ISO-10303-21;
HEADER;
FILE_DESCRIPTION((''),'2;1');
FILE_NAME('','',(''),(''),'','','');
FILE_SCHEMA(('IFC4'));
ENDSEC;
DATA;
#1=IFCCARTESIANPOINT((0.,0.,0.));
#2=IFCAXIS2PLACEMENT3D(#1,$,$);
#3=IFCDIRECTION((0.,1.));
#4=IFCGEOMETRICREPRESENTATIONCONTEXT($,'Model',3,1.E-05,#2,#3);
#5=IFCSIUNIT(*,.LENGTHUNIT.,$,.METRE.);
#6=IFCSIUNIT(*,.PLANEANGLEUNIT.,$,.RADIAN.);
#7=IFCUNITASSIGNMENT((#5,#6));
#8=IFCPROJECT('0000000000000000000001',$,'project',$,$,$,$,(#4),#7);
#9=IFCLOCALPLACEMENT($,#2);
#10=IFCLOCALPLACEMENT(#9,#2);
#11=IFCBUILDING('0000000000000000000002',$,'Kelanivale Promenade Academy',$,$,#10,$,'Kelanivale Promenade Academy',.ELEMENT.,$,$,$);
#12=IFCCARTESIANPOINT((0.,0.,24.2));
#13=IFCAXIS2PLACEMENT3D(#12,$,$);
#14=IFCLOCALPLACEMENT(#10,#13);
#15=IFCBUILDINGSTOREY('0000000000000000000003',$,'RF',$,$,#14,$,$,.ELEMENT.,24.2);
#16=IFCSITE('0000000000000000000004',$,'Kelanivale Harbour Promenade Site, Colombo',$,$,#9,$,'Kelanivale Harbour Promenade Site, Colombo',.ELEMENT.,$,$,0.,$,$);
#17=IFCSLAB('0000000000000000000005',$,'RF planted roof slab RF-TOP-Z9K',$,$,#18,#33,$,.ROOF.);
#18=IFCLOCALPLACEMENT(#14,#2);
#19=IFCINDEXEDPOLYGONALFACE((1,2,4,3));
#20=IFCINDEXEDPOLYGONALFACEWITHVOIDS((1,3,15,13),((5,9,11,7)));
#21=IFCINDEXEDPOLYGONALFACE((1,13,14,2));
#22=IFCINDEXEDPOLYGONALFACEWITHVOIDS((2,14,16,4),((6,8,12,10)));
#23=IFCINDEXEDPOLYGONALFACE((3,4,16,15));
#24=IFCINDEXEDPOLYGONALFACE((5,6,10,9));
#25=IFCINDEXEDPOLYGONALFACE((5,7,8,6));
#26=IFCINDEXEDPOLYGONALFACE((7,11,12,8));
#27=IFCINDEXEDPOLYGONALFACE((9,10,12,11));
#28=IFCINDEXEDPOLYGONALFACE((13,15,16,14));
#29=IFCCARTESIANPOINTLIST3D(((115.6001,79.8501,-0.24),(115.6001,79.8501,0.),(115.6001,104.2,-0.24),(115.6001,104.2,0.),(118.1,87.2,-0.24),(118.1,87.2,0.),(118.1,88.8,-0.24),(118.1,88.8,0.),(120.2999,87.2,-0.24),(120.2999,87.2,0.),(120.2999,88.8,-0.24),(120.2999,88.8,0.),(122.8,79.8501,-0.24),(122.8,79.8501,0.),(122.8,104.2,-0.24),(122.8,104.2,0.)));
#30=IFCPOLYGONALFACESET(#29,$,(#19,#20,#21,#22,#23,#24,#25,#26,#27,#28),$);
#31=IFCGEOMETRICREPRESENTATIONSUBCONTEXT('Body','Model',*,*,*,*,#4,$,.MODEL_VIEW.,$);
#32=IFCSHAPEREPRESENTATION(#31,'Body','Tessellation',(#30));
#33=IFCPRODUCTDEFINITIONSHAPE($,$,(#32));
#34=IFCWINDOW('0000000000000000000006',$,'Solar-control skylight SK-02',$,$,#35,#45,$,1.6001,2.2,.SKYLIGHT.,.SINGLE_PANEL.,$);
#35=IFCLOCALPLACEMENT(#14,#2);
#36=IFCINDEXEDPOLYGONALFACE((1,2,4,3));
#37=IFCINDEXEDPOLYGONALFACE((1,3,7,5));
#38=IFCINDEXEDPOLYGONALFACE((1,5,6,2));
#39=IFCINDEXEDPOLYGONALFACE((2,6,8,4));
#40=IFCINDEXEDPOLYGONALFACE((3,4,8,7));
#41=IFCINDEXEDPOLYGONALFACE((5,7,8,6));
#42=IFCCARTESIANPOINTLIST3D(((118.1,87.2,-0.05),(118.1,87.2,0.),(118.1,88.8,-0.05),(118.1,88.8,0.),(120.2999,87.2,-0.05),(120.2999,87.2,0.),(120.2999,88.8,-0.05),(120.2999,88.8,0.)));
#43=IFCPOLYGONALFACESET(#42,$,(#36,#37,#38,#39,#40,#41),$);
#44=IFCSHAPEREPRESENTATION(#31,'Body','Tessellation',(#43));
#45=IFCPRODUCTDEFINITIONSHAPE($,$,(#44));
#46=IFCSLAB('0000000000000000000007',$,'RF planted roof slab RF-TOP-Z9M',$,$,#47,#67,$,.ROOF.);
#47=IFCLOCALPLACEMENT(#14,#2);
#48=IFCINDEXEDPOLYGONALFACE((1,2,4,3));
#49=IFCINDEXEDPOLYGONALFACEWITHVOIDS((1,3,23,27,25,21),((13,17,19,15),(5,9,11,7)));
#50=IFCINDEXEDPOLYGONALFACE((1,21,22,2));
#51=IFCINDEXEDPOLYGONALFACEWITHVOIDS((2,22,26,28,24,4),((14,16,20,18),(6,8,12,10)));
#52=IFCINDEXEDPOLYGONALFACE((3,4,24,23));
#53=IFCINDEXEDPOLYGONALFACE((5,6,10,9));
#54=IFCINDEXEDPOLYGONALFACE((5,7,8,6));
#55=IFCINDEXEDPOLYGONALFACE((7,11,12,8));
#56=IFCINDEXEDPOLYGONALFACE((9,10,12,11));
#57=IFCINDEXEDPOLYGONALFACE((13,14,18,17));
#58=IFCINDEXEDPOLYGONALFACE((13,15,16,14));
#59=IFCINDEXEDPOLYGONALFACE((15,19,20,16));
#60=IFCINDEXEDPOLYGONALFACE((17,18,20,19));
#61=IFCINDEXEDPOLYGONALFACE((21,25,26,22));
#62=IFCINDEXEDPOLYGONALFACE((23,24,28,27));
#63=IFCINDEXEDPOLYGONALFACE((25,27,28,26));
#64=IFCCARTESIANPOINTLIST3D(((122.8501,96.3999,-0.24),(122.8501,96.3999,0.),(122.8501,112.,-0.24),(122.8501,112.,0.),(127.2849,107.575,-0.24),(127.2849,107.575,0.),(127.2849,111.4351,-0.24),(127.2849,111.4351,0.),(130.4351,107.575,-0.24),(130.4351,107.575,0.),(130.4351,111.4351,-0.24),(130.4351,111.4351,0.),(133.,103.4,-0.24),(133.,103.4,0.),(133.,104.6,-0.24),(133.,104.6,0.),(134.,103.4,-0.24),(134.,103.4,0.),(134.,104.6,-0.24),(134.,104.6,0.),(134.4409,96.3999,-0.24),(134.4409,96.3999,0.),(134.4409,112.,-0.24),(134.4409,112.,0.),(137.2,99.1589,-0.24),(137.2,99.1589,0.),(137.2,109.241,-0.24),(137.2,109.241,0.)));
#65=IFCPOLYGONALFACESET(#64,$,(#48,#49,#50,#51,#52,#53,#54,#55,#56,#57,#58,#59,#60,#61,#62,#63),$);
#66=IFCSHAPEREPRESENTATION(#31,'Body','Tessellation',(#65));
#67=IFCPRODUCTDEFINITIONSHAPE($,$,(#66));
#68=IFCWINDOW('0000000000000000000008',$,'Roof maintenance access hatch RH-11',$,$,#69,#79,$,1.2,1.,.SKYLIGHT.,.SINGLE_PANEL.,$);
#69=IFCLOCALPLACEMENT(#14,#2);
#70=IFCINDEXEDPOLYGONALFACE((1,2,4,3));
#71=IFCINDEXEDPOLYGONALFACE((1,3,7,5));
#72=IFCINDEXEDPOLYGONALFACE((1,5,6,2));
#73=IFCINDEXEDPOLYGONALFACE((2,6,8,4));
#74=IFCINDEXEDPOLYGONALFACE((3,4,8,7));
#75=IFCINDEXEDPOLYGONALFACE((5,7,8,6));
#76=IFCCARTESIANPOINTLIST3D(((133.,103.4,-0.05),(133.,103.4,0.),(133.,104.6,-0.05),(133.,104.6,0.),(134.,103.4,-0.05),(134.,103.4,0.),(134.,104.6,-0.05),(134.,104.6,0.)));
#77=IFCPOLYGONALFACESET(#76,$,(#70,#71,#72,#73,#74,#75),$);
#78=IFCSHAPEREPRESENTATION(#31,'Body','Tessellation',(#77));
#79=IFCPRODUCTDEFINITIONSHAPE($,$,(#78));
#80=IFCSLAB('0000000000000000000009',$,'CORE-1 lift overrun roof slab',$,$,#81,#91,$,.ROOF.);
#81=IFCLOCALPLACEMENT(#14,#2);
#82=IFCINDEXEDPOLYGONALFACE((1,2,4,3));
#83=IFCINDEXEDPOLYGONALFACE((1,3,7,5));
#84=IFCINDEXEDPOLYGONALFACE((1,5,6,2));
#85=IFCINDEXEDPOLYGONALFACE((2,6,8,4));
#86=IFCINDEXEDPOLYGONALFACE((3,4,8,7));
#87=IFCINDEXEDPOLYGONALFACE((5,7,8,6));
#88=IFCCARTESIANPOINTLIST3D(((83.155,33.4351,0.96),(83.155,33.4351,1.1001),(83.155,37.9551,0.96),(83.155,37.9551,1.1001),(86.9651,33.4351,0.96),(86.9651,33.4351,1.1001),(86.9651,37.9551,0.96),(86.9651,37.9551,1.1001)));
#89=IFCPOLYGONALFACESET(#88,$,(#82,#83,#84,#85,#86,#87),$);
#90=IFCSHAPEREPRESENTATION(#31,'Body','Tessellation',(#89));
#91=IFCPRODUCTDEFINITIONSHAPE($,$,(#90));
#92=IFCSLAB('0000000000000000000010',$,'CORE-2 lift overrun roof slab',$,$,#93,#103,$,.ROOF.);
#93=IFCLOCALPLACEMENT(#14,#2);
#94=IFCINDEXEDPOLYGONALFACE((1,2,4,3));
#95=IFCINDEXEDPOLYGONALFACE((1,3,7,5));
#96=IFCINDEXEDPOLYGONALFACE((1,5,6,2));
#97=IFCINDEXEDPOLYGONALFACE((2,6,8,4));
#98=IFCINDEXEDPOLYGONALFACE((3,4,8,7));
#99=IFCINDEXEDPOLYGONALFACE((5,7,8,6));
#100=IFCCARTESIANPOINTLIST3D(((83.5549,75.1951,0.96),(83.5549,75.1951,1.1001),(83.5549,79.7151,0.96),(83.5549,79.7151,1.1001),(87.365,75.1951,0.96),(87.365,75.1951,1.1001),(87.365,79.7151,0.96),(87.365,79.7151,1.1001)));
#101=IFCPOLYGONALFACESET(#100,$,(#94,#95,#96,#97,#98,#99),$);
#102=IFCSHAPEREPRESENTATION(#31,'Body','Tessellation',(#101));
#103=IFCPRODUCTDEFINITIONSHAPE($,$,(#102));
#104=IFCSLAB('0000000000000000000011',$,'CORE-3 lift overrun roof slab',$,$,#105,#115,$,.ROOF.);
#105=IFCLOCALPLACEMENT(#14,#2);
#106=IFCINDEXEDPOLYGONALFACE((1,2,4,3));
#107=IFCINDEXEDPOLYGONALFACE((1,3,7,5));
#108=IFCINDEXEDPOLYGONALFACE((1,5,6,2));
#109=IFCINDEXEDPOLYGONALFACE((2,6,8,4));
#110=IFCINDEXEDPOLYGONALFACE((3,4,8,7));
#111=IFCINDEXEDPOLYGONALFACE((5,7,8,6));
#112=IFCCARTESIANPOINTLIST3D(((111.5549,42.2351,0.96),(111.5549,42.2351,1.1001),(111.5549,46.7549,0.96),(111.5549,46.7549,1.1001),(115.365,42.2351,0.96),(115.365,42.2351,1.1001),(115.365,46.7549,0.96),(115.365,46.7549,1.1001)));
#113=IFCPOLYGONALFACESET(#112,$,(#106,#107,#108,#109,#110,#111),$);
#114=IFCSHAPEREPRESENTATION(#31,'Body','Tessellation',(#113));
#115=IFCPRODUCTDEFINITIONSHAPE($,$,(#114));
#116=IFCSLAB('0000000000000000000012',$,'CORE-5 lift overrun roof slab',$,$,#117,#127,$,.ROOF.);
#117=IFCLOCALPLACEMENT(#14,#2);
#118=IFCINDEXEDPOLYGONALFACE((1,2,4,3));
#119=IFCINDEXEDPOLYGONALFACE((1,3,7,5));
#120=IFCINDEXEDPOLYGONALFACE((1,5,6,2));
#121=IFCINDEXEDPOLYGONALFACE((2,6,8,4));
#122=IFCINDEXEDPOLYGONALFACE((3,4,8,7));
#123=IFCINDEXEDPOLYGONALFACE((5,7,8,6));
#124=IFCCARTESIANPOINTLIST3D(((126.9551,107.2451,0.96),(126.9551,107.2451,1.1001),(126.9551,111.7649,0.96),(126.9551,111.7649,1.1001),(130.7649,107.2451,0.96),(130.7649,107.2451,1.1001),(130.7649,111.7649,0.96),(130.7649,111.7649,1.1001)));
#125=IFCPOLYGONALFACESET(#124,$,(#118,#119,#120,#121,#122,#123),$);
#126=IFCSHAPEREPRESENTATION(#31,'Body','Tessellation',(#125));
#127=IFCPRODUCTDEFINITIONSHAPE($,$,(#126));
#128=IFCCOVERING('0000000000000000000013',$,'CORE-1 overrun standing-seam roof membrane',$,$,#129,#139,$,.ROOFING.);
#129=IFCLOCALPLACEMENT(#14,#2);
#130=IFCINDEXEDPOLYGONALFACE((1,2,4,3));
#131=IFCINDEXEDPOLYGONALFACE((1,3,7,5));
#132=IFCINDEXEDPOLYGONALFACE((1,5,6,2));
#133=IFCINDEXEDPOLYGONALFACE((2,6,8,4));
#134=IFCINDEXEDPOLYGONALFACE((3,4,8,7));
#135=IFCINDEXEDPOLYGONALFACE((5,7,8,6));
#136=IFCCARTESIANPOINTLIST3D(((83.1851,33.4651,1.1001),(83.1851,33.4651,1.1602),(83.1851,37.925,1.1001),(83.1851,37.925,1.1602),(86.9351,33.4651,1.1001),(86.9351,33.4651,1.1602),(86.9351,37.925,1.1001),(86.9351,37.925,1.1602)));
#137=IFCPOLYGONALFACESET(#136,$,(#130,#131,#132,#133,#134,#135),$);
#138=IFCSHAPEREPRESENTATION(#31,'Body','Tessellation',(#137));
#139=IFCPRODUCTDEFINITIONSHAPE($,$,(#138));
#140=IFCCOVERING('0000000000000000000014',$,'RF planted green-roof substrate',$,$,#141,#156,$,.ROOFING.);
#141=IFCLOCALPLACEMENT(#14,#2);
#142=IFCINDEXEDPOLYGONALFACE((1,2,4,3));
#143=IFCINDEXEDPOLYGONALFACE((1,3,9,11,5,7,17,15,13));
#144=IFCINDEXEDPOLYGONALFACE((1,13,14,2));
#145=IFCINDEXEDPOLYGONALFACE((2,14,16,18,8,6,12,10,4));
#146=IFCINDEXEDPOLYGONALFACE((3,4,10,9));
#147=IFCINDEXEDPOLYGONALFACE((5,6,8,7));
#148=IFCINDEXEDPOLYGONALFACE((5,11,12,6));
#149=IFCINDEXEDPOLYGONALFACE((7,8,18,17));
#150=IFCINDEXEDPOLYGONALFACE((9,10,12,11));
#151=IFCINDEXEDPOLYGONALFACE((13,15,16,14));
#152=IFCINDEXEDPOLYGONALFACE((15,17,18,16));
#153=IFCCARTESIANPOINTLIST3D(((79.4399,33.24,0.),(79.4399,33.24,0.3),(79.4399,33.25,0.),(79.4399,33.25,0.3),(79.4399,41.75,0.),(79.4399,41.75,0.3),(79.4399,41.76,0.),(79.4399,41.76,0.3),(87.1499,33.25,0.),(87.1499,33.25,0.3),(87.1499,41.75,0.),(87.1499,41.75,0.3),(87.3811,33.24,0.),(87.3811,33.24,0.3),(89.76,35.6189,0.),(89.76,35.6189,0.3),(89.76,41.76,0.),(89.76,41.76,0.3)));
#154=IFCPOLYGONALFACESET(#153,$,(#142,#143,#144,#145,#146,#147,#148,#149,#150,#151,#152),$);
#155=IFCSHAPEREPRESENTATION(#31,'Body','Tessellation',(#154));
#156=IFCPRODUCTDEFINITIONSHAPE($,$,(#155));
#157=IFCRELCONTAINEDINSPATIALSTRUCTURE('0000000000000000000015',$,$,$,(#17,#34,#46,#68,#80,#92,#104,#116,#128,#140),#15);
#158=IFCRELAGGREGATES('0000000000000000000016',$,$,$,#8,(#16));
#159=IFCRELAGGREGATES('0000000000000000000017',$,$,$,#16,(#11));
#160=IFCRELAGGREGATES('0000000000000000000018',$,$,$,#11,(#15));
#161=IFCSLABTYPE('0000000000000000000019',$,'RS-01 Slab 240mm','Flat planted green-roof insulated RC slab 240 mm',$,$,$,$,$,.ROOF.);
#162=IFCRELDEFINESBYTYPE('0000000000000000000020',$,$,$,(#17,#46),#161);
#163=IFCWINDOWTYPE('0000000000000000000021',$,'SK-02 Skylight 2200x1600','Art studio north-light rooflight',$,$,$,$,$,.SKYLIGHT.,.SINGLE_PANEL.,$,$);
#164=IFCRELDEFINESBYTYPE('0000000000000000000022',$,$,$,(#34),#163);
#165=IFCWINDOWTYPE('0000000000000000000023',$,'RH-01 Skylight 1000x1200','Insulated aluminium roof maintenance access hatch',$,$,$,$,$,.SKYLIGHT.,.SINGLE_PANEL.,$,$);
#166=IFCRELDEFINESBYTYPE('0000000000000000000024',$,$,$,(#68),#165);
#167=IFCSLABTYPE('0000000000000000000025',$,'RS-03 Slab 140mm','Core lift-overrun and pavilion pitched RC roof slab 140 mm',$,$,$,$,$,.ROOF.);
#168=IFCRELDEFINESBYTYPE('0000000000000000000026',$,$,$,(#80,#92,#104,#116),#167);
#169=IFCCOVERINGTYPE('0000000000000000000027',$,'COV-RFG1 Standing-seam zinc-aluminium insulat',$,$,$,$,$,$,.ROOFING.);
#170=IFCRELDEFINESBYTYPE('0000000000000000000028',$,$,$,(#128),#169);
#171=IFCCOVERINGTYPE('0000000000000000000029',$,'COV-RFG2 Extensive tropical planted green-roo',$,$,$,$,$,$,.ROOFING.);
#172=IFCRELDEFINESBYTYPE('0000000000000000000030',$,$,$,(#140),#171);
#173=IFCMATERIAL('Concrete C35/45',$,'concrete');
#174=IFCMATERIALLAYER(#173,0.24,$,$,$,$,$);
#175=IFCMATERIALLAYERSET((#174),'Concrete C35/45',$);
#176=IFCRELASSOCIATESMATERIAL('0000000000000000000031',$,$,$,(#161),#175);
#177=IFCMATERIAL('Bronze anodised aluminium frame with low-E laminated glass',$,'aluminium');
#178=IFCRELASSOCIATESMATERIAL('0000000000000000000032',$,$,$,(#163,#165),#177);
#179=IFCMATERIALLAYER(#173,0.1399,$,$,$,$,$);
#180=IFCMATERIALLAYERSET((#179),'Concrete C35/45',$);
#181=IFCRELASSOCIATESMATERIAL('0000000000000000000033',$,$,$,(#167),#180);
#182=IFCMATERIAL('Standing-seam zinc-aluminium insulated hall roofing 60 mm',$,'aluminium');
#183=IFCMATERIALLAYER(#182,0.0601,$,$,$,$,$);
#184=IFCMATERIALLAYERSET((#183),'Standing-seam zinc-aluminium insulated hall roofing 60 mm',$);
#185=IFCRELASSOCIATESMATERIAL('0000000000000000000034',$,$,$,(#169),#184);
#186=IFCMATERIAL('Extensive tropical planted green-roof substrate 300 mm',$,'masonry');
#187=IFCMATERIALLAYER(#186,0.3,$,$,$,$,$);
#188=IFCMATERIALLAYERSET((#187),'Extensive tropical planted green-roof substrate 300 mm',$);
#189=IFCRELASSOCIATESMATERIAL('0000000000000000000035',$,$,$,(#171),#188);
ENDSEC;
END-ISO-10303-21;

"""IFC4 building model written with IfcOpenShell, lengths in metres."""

from ifc_helpers import new_model, si_unit, direction, frame, origin, origin_2d, place, context, subcontext, project, spatial, polyline, rectangle, outline, extrude, material, layer, layer_set, type_object, element, fill, save


model = new_model("IFC4")

# Units and contexts
model_context = context("Model", 3, precision=1e-05, world=origin(), true_north=direction((0.0, 1.0)))
body_context = subcontext(model_context, "Body", "Model", "MODEL_VIEW")
ifc_project = project(units=[si_unit("LENGTHUNIT", "METRE"), si_unit("PLANEANGLEUNIT", "RADIAN")], contexts=[model_context])

# Site, building, storey
site_placement = place(None, origin())
site = spatial("IfcSite", under=ifc_project, at=site_placement, Name="Kelanivale Harbour Promenade Site, Colombo", LongName="Kelanivale Harbour Promenade Site, Colombo", CompositionType="ELEMENT", RefElevation=0.0)
building_placement = place(site_placement, origin())
building = spatial("IfcBuilding", under=site, at=building_placement, Name="Kelanivale Promenade Academy", LongName="Kelanivale Promenade Academy", CompositionType="ELEMENT")
storey_placement = place(building_placement, frame((0.0, 0.0, 24.2)))
storey = spatial("IfcBuildingStorey", under=building, at=storey_placement, Name="RF", CompositionType="ELEMENT", Elevation=24.2)

# Shared definitions
ifc_material_1 = material(Name="Concrete C35/45", Category="concrete")
ifc_layer_1 = layer(ifc_material_1, 0.24)
ifc_layer_set_1 = layer_set([ifc_layer_1], Name="Concrete C35/45")
slab_type_1 = type_object("IfcSlabType", Name="RS-01 Slab 240mm", Description="Flat planted green-roof insulated RC slab 240 mm", PredefinedType="ROOF", material=ifc_layer_set_1)
ifc_material_2 = material(Name="Bronze anodised aluminium frame with low-E laminated glass", Category="aluminium")
window_type_1 = type_object("IfcWindowType", Name="SK-02 Skylight 2200x1600", Description="Art studio north-light rooflight", PartitioningType="SINGLE_PANEL", PredefinedType="SKYLIGHT", material=ifc_material_2)
window_type_2 = type_object("IfcWindowType", Name="RH-01 Skylight 1000x1200", Description="Insulated aluminium roof maintenance access hatch", PartitioningType="SINGLE_PANEL", PredefinedType="SKYLIGHT", material=ifc_material_2)

# Slabs, openings, windows
slab_1_placement = place(storey_placement, frame((0.0, 0.0, -0.24)))
slab_1 = element("IfcSlab", 1, at=slab_1_placement, inside=storey, type_object=slab_type_1, Name="RF planted roof slab RF-TOP-Z9K", PredefinedType="ROOF", context=body_context, shape_type="SweptSolid", body=[
    extrude(outline(polyline([(122.8, 79.8501), (122.8, 104.2), (115.6001, 104.2), (115.6001, 79.8501), (122.8, 79.8501)])), origin(), (0.0, 0.0, 1.0), 0.24),
])
opening_1_placement = place(slab_1_placement, frame((119.2, 88.0, 0.0)))
opening_1 = element("IfcOpeningElement", 2, at=opening_1_placement, cuts=slab_1, PredefinedType="OPENING", context=body_context, shape_type="SweptSolid", body=[
    extrude(rectangle(XDim=2.2, YDim=1.6001, at=origin_2d()), frame((0.0, 0.0, -0.01)), (0.0, 0.0, 1.0), 0.26),
])
window_1_placement = place(opening_1_placement, frame((0.0, 0.0, 0.1899)))
window_1 = element("IfcWindow", 3, at=window_1_placement, inside=storey, type_object=window_type_1, Name="Solar-control skylight SK-02", OverallHeight=1.6001, OverallWidth=2.2, PartitioningType="SINGLE_PANEL", PredefinedType="SKYLIGHT", context=body_context, shape_type="SweptSolid", body=[
    extrude(rectangle(XDim=2.2, YDim=1.6001, at=origin_2d()), origin(), (0.0, 0.0, 1.0), 0.05),
])
fill(opening_1, window_1)
slab_2_placement = place(storey_placement, frame((0.0, 0.0, -0.24)))
slab_2 = element("IfcSlab", 4, at=slab_2_placement, inside=storey, type_object=slab_type_1, Name="RF planted roof slab RF-TOP-Z9M", PredefinedType="ROOF", context=body_context, shape_type="SweptSolid", body=[
    extrude(outline(polyline([(137.2, 109.241), (134.4409, 112.0), (122.8501, 112.0), (122.8501, 96.3999), (134.4409, 96.3999), (137.2, 99.1589), (137.2, 109.241)]), holes=[polyline([(127.2849, 111.4351), (130.4351, 111.4351), (130.4351, 107.575), (127.2849, 107.575), (127.2849, 111.4351)])]), origin(), (0.0, 0.0, 1.0), 0.24),
])
opening_2_placement = place(slab_2_placement, frame((133.5, 104.0, 0.0)))
opening_2 = element("IfcOpeningElement", 5, at=opening_2_placement, cuts=slab_2, PredefinedType="OPENING", context=body_context, shape_type="SweptSolid", body=[
    extrude(rectangle(XDim=1.0, YDim=1.2, at=origin_2d()), frame((0.0, 0.0, -0.01)), (0.0, 0.0, 1.0), 0.26),
])
window_2_placement = place(opening_2_placement, frame((0.0, 0.0, 0.1899)))
window_2 = element("IfcWindow", 6, at=window_2_placement, inside=storey, type_object=window_type_2, Name="Roof maintenance access hatch RH-11", OverallHeight=1.2, OverallWidth=1.0, PartitioningType="SINGLE_PANEL", PredefinedType="SKYLIGHT", context=body_context, shape_type="SweptSolid", body=[
    extrude(rectangle(XDim=1.0, YDim=1.2, at=origin_2d()), origin(), (0.0, 0.0, 1.0), 0.05),
])
fill(opening_2, window_2)

# Slabs
ifc_layer_2 = layer(ifc_material_1, 0.1399)
ifc_layer_set_2 = layer_set([ifc_layer_2], Name="Concrete C35/45")
slab_type_2 = type_object("IfcSlabType", Name="RS-03 Slab 140mm", Description="Core lift-overrun and pavilion pitched RC roof slab 140 mm", PredefinedType="ROOF", material=ifc_layer_set_2)
slab_3_placement = place(storey_placement, frame((0.0, 0.0, 0.96)))
element("IfcSlab", 7, at=slab_3_placement, inside=storey, type_object=slab_type_2, Name="CORE-1 lift overrun roof slab", PredefinedType="ROOF", context=body_context, shape_type="SweptSolid", body=[
    extrude(outline(polyline([(83.155, 33.4351), (86.9651, 33.4351), (86.9651, 37.9551), (83.155, 37.9551), (83.155, 33.4351)])), origin(), (0.0, 0.0, 1.0), 0.1401),
])
slab_4_placement = place(storey_placement, frame((0.0, 0.0, 0.96)))
element("IfcSlab", 8, at=slab_4_placement, inside=storey, type_object=slab_type_2, Name="CORE-2 lift overrun roof slab", PredefinedType="ROOF", context=body_context, shape_type="SweptSolid", body=[
    extrude(outline(polyline([(83.5549, 75.1951), (87.365, 75.1951), (87.365, 79.7151), (83.5549, 79.7151), (83.5549, 75.1951)])), origin(), (0.0, 0.0, 1.0), 0.1401),
])
slab_5_placement = place(storey_placement, frame((0.0, 0.0, 0.96)))
element("IfcSlab", 9, at=slab_5_placement, inside=storey, type_object=slab_type_2, Name="CORE-3 lift overrun roof slab", PredefinedType="ROOF", context=body_context, shape_type="SweptSolid", body=[
    extrude(outline(polyline([(111.5549, 42.2351), (115.365, 42.2351), (115.365, 46.7549), (111.5549, 46.7549), (111.5549, 42.2351)])), origin(), (0.0, 0.0, 1.0), 0.1401),
])
slab_6_placement = place(storey_placement, frame((0.0, 0.0, 0.96)))
element("IfcSlab", 10, at=slab_6_placement, inside=storey, type_object=slab_type_2, Name="CORE-5 lift overrun roof slab", PredefinedType="ROOF", context=body_context, shape_type="SweptSolid", body=[
    extrude(outline(polyline([(126.9551, 107.2451), (130.7649, 107.2451), (130.7649, 111.7649), (126.9551, 111.7649), (126.9551, 107.2451)])), origin(), (0.0, 0.0, 1.0), 0.1401),
])

# Coverings
ifc_material_3 = material(Name="Standing-seam zinc-aluminium insulated hall roofing 60 mm", Category="aluminium")
ifc_layer_3 = layer(ifc_material_3, 0.0601)
ifc_layer_set_3 = layer_set([ifc_layer_3], Name="Standing-seam zinc-aluminium insulated hall roofing 60 mm")
covering_type_1 = type_object("IfcCoveringType", Name="COV-RFG1 Standing-seam zinc-aluminium insulat", PredefinedType="ROOFING", material=ifc_layer_set_3)
covering_1_placement = place(storey_placement, frame((0.0, 0.0, 1.1001)))
element("IfcCovering", 11, at=covering_1_placement, inside=storey, type_object=covering_type_1, Name="CORE-1 overrun standing-seam roof membrane", PredefinedType="ROOFING", context=body_context, shape_type="SweptSolid", body=[
    extrude(outline(polyline([(83.1851, 33.4651), (86.9351, 33.4651), (86.9351, 37.925), (83.1851, 37.925), (83.1851, 33.4651)])), origin(), (0.0, 0.0, 1.0), 0.0601),
])
ifc_material_4 = material(Name="Extensive tropical planted green-roof substrate 300 mm", Category="masonry")
ifc_layer_4 = layer(ifc_material_4, 0.3)
ifc_layer_set_4 = layer_set([ifc_layer_4], Name="Extensive tropical planted green-roof substrate 300 mm")
covering_type_2 = type_object("IfcCoveringType", Name="COV-RFG2 Extensive tropical planted green-roo", PredefinedType="ROOFING", material=ifc_layer_set_4)
covering_2_placement = place(storey_placement, origin())
element("IfcCovering", 12, at=covering_2_placement, inside=storey, type_object=covering_type_2, Name="RF planted green-roof substrate", PredefinedType="ROOFING", context=body_context, shape_type="SweptSolid", body=[
    extrude(outline(polyline([(87.1499, 41.75), (87.1499, 33.25), (79.4399, 33.25), (79.4399, 33.24), (87.3811, 33.24), (89.76, 35.6189), (89.76, 41.76), (79.4399, 41.76), (79.4399, 41.75), (87.1499, 41.75)])), origin(), (0.0, 0.0, 1.0), 0.3),
])

save(model, "model.ifc")
